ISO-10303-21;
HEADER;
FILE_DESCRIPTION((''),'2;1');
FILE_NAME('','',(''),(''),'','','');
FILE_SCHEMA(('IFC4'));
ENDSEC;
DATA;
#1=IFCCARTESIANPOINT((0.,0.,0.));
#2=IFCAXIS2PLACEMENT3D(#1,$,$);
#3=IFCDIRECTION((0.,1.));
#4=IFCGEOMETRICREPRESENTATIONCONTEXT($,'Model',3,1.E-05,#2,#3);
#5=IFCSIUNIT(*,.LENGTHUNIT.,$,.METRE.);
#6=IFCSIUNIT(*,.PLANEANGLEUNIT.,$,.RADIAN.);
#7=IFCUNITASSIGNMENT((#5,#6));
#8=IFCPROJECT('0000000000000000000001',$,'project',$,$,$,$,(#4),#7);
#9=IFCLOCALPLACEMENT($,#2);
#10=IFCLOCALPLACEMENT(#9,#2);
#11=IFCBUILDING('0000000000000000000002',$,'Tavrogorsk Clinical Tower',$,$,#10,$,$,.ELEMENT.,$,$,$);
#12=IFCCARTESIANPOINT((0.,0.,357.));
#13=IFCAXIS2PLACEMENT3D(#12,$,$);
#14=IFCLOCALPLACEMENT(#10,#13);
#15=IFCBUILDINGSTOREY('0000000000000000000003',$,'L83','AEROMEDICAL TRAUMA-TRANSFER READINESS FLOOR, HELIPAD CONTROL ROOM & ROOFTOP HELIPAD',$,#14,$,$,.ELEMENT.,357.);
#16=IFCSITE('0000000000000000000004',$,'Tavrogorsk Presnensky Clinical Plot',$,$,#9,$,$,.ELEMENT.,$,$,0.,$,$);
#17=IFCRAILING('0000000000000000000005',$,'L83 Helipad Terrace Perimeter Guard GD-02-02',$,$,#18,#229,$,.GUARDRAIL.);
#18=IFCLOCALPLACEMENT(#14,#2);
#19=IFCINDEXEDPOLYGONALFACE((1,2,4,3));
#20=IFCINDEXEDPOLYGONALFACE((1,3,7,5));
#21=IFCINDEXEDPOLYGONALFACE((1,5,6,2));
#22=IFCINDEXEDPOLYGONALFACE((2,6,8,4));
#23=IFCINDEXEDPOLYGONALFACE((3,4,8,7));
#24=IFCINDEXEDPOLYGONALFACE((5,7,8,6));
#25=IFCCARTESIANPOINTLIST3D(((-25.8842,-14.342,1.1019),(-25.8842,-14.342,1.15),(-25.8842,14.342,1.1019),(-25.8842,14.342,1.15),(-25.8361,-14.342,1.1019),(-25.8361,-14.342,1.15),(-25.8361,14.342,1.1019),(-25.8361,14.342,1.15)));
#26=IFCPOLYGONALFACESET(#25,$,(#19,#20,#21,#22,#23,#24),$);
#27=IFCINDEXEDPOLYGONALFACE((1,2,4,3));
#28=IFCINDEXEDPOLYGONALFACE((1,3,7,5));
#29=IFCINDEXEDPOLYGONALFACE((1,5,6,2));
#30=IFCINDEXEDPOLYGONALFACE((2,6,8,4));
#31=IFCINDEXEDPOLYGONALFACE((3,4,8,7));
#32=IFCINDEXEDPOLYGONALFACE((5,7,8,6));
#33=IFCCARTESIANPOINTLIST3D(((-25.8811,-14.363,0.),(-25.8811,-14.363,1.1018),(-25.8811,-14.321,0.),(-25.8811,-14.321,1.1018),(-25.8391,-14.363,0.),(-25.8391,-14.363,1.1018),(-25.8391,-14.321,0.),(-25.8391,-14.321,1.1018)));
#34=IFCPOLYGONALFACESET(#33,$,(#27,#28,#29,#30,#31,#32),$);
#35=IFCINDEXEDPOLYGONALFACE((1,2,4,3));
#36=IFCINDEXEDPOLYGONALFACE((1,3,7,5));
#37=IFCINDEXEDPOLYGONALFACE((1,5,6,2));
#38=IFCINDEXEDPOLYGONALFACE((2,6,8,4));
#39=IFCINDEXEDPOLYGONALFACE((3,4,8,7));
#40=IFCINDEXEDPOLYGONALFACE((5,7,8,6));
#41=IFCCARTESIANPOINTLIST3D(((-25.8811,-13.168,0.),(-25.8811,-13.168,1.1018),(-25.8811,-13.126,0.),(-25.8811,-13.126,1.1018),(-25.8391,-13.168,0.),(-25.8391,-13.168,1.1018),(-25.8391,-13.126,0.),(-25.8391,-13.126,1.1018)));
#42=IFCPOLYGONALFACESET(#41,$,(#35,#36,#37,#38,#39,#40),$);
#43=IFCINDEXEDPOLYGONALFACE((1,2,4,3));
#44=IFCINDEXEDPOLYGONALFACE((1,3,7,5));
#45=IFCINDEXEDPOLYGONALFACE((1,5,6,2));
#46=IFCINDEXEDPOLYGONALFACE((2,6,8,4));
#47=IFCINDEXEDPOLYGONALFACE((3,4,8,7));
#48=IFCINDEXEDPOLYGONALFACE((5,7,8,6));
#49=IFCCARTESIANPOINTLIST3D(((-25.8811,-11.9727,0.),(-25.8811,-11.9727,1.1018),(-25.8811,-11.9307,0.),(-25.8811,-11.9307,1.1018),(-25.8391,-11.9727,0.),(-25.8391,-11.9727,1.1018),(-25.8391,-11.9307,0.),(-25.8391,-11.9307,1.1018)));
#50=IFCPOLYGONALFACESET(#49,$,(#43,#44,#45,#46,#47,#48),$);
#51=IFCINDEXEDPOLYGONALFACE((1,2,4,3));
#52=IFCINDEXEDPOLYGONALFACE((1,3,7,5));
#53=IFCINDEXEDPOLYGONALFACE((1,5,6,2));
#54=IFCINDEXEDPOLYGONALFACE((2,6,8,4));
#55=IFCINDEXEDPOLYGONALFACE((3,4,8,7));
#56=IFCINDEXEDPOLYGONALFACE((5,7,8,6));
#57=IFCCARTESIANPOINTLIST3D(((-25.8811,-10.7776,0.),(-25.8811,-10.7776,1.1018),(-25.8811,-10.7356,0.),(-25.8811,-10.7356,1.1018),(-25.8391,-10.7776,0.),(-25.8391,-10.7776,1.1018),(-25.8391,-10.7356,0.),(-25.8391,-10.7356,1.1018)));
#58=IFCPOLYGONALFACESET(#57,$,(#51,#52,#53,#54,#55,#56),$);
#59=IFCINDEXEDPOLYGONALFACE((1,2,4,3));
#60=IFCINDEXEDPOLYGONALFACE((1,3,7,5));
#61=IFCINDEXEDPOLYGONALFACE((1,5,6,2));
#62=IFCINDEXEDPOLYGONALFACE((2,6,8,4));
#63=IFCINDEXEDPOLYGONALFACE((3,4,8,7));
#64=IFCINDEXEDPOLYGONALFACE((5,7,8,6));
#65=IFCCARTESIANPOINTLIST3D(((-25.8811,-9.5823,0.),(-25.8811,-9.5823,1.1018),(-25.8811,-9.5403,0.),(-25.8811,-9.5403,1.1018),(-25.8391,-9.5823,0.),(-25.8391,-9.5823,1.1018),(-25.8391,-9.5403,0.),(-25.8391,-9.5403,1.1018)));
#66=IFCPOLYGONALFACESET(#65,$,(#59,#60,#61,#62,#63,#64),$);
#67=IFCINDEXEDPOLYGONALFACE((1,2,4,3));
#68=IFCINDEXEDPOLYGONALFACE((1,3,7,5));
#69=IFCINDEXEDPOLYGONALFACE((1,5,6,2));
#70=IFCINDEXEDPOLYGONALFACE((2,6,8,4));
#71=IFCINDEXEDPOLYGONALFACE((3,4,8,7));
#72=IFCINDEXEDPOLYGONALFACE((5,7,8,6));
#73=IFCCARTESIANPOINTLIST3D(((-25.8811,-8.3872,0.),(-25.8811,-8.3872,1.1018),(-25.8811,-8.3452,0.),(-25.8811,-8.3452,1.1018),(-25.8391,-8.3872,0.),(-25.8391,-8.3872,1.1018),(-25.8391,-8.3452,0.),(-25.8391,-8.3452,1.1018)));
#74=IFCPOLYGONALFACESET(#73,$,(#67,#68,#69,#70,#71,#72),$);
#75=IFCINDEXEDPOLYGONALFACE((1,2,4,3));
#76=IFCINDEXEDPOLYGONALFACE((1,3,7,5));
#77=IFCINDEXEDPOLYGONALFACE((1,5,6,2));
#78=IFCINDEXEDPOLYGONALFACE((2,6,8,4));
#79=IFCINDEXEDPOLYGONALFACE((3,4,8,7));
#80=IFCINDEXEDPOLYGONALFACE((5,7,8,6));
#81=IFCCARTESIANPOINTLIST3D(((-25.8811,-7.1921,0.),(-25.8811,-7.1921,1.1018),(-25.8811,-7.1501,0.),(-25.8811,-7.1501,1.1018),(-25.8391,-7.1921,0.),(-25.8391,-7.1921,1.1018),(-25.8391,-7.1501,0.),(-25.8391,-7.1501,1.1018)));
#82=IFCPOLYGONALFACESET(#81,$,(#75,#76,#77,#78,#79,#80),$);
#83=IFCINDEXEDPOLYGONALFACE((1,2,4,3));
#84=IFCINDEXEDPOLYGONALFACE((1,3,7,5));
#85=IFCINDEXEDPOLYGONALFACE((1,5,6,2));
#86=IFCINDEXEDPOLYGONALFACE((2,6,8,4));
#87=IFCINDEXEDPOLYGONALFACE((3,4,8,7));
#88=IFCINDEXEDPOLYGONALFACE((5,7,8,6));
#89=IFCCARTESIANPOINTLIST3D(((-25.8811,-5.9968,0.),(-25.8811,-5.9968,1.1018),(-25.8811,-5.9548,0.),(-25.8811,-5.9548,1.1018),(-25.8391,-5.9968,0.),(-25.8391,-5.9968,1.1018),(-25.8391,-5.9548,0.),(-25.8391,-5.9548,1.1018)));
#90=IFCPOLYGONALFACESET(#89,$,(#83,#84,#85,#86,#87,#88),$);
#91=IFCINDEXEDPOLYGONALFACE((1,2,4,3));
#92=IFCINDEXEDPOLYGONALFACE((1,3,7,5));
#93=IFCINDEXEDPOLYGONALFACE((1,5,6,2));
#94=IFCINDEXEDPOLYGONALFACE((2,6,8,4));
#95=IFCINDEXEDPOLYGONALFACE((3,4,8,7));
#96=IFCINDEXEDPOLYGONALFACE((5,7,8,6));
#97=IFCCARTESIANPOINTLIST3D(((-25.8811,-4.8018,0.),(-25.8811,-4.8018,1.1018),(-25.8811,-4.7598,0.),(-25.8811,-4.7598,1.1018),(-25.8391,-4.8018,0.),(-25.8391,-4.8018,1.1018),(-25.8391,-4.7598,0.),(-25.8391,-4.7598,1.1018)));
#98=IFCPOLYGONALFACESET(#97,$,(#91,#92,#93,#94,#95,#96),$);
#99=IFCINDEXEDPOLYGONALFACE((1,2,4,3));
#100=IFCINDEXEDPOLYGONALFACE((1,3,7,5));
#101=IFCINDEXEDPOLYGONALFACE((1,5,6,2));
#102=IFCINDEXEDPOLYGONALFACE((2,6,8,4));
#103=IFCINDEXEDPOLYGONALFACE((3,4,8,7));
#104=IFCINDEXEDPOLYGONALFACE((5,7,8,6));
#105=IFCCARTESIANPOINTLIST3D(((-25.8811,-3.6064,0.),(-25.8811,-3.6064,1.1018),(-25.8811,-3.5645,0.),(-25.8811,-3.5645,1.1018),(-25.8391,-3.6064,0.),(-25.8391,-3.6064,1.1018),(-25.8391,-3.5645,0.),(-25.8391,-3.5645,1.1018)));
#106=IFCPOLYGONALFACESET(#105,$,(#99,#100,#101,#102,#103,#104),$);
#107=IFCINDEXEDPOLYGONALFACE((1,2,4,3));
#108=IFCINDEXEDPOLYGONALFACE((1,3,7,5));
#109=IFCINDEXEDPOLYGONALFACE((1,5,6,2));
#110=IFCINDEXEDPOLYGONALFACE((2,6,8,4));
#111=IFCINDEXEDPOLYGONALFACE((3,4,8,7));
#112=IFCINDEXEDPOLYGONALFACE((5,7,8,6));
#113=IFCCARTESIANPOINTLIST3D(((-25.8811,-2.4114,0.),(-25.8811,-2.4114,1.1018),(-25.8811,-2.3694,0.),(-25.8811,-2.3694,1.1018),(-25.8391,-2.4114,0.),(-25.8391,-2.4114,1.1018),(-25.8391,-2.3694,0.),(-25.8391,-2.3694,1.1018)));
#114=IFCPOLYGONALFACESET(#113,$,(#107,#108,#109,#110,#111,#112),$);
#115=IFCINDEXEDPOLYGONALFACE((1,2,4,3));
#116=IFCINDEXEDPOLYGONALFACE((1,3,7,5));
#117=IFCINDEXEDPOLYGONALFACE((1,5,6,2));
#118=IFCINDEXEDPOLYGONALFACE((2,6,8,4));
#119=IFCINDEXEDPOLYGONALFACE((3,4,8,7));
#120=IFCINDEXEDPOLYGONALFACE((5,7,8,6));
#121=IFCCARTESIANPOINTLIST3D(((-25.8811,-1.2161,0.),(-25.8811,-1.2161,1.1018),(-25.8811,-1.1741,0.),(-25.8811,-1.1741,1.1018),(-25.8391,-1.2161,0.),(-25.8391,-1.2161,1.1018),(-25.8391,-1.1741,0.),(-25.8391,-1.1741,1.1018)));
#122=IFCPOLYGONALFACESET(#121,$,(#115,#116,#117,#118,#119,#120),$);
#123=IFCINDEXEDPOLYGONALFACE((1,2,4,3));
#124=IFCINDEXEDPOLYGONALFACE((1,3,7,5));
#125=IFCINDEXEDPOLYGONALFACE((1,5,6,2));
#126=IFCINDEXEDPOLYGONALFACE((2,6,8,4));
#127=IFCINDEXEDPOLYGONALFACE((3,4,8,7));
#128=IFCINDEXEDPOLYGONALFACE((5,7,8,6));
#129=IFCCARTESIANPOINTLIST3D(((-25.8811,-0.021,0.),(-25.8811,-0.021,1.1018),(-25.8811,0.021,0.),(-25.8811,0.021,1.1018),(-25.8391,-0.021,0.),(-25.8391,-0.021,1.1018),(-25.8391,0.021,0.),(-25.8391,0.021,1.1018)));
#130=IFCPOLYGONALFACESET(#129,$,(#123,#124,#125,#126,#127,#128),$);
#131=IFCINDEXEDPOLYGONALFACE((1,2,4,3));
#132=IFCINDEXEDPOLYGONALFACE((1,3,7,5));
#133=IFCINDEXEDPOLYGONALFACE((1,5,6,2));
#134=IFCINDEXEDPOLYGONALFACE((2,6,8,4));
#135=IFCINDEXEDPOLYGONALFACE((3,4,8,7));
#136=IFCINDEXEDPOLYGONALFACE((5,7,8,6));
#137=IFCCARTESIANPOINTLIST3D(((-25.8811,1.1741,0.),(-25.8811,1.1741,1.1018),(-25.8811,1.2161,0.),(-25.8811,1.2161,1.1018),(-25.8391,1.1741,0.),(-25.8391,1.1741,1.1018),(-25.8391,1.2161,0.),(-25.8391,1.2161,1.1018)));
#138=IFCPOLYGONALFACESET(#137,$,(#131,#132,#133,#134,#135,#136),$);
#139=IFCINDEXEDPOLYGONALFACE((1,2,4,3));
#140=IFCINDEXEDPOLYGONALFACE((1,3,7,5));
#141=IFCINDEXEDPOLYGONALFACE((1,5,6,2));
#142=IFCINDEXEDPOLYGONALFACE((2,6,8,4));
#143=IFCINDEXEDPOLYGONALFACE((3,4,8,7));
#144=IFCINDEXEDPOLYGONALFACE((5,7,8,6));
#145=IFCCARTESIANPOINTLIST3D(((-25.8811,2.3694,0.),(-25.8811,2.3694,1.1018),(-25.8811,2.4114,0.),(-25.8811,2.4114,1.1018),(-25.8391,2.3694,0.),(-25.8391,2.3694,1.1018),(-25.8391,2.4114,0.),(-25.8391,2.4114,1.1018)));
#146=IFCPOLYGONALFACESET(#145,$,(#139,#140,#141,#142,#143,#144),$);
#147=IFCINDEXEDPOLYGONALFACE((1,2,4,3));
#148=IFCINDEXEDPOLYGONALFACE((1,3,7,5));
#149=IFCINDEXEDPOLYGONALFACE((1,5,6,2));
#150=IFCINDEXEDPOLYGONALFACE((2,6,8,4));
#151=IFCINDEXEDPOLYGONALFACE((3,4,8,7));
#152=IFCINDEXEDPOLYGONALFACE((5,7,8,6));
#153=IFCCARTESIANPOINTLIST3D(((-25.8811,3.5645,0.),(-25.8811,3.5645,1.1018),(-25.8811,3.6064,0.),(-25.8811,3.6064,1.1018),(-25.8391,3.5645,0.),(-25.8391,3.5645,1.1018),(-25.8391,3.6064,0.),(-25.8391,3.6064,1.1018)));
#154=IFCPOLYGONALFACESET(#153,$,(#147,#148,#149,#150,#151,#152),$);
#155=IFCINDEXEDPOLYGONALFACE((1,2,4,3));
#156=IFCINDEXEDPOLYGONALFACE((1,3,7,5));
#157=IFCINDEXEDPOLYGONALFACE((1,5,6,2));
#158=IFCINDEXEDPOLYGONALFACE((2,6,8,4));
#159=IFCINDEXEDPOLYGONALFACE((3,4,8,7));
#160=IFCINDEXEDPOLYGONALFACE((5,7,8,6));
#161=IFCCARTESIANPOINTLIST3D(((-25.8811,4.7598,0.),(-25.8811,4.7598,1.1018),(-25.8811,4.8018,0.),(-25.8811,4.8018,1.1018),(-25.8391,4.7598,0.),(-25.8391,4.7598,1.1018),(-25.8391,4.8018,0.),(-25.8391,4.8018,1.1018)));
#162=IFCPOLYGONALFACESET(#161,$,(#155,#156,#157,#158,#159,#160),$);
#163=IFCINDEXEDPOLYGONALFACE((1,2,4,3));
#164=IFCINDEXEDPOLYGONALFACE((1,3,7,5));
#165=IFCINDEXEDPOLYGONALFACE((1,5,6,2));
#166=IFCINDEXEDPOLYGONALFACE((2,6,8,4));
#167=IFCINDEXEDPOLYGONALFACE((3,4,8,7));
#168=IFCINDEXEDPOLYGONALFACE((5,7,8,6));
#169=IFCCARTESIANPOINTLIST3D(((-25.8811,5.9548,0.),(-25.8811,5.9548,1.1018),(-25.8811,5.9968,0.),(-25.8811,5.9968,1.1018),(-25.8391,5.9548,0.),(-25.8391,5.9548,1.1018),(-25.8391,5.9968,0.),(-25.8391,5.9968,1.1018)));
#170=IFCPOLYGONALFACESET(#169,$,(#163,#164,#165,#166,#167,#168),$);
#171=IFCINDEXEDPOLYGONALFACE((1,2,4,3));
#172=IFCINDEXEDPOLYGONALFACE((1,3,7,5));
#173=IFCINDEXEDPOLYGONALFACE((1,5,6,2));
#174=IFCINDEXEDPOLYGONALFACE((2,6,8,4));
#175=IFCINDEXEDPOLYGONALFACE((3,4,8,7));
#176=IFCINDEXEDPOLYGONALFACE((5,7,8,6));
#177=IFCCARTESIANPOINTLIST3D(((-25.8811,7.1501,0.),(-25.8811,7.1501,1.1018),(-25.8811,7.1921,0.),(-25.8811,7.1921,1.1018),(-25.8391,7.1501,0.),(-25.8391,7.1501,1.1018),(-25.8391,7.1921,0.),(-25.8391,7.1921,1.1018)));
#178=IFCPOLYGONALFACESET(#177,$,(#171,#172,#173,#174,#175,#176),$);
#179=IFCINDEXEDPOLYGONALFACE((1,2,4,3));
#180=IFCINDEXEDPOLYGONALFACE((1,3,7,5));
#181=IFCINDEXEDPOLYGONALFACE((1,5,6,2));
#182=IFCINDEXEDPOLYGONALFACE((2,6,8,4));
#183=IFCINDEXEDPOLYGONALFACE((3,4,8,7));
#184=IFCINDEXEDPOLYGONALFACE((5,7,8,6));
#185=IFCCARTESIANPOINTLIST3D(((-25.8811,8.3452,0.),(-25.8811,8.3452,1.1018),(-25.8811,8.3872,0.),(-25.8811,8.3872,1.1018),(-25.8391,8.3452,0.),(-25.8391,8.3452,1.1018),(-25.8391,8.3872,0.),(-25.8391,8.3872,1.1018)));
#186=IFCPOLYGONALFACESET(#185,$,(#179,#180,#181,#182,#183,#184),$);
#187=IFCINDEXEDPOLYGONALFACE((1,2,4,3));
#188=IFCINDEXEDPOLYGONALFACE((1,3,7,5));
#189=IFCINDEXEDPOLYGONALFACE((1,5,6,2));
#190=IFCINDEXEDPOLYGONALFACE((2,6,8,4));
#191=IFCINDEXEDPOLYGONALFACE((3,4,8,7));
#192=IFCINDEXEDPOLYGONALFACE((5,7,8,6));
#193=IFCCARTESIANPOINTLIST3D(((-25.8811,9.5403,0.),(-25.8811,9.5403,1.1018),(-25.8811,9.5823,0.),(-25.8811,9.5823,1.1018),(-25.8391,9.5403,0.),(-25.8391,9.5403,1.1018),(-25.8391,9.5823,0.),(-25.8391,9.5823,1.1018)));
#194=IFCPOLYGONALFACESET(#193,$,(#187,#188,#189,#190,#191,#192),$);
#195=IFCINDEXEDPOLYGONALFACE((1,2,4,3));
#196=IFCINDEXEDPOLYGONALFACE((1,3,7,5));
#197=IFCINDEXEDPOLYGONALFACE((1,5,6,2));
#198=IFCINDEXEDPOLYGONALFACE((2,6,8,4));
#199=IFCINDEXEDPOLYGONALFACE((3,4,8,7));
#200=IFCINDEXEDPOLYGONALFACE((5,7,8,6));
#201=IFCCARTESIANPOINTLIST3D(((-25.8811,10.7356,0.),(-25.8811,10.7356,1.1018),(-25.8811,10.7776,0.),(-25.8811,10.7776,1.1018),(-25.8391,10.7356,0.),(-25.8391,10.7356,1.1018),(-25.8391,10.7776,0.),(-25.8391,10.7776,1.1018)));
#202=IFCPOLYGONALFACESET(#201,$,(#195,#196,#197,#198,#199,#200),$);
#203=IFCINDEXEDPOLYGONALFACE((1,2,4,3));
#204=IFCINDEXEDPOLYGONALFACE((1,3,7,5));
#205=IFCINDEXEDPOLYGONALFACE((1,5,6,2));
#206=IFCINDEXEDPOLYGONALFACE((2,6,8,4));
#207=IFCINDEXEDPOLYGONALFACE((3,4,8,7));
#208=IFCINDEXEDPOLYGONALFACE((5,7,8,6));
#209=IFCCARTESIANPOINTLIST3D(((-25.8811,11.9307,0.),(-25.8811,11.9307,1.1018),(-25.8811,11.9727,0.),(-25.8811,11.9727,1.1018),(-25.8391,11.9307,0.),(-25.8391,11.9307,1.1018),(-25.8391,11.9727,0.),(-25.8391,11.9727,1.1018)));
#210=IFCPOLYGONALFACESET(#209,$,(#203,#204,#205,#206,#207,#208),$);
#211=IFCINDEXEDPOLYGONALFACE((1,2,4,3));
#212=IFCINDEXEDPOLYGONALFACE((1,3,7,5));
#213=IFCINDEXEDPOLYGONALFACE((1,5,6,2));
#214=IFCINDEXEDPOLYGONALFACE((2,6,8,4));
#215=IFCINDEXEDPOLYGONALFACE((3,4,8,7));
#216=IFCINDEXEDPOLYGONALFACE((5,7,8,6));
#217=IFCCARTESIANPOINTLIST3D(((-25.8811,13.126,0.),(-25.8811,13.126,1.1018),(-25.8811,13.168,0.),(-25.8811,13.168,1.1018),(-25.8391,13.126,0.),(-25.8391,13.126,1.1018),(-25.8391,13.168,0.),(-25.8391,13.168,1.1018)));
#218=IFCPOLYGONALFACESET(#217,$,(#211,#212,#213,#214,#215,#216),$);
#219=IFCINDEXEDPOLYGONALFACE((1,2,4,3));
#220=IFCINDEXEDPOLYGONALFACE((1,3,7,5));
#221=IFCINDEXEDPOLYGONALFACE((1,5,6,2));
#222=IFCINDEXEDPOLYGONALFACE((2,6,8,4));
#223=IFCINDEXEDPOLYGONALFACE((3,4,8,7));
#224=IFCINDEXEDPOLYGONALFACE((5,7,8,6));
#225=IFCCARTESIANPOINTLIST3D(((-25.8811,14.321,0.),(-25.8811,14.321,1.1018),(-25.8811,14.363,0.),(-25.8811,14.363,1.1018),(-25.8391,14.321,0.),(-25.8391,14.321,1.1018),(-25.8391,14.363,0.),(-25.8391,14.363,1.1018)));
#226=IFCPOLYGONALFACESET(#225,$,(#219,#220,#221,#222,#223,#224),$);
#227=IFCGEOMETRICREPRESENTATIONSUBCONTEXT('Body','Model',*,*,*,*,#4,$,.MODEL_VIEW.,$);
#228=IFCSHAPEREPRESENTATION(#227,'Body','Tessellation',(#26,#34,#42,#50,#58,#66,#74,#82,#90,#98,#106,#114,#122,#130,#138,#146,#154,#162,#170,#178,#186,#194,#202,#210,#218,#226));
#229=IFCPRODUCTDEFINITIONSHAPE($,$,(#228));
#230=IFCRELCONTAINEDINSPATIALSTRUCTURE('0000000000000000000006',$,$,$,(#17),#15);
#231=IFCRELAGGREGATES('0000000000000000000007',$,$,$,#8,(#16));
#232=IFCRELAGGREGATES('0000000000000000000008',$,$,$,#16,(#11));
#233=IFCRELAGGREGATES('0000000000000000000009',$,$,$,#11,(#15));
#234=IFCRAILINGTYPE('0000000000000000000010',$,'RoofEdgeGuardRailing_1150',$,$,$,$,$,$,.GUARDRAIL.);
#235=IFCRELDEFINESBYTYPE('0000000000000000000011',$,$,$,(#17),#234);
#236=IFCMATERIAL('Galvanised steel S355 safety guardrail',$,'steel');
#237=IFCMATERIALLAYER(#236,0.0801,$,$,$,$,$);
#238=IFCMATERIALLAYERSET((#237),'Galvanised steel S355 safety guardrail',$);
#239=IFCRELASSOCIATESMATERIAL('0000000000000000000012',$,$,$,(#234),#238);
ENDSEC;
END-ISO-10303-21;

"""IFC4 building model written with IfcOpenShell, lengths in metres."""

from ifc_helpers import new_model, si_unit, direction, frame, origin, origin_2d, place, context, subcontext, project, spatial, rectangle, extrude, material, layer, layer_set, type_object, element, save


model = new_model("IFC4")

# Units and contexts
model_context = context("Model", 3, precision=1e-05, world=origin(), true_north=direction((0.0, 1.0)))
body_context = subcontext(model_context, "Body", "Model", "MODEL_VIEW")
ifc_project = project(units=[si_unit("LENGTHUNIT", "METRE"), si_unit("PLANEANGLEUNIT", "RADIAN")], contexts=[model_context])

# Site, building, storey
site_placement = place(None, origin())
site = spatial("IfcSite", under=ifc_project, at=site_placement, Name="Tavrogorsk Presnensky Clinical Plot", CompositionType="ELEMENT", RefElevation=0.0)
building_placement = place(site_placement, origin())
building = spatial("IfcBuilding", under=site, at=building_placement, Name="Tavrogorsk Clinical Tower", CompositionType="ELEMENT")
storey_placement = place(building_placement, frame((0.0, 0.0, 357.0)))
storey = spatial("IfcBuildingStorey", under=building, at=storey_placement, Name="L83", Description="AEROMEDICAL TRAUMA-TRANSFER READINESS FLOOR, HELIPAD CONTROL ROOM & ROOFTOP HELIPAD", CompositionType="ELEMENT", Elevation=357.0)

# Railing
ifc_material_1 = material(Name="Galvanised steel S355 safety guardrail", Category="steel")
ifc_layer_1 = layer(ifc_material_1, 0.0801)
ifc_layer_set_1 = layer_set([ifc_layer_1], Name="Galvanised steel S355 safety guardrail")
railing_type_1 = type_object("IfcRailingType", Name="RoofEdgeGuardRailing_1150", PredefinedType="GUARDRAIL", material=ifc_layer_set_1)
railing_1_placement = place(storey_placement, frame((-25.8601, -14.342, 0.0)))
element("IfcRailing", 1, at=railing_1_placement, inside=storey, type_object=railing_type_1, Name="L83 Helipad Terrace Perimeter Guard GD-02-02", PredefinedType="GUARDRAIL", context=body_context, shape_type="SweptSolid", body=[
    extrude(rectangle(XDim=0.0481, YDim=0.0481, at=origin_2d()), frame((0.0, 0.0, 1.126), z_axis=(0.0, 1.0, 0.0), x_axis=(-1.0, 0.0, 0.0)), (0.0, 0.0, 1.0), 28.6841),
    extrude(rectangle(XDim=0.042, YDim=0.042, at=origin_2d()), origin(), (0.0, 0.0, 1.0), 1.1018),
    extrude(rectangle(XDim=0.042, YDim=0.042, at=origin_2d()), frame((0.0, 1.1951, 0.0)), (0.0, 0.0, 1.0), 1.1018),
    extrude(rectangle(XDim=0.042, YDim=0.042, at=origin_2d()), frame((0.0, 2.3904, 0.0)), (0.0, 0.0, 1.0), 1.1018),
    extrude(rectangle(XDim=0.042, YDim=0.042, at=origin_2d()), frame((0.0, 3.5854, 0.0)), (0.0, 0.0, 1.0), 1.1018),
    extrude(rectangle(XDim=0.042, YDim=0.042, at=origin_2d()), frame((0.0, 4.7808, 0.0)), (0.0, 0.0, 1.0), 1.1018),
    extrude(rectangle(XDim=0.042, YDim=0.042, at=origin_2d()), frame((0.0, 5.9758, 0.0)), (0.0, 0.0, 1.0), 1.1018),
    extrude(rectangle(XDim=0.042, YDim=0.042, at=origin_2d()), frame((0.0, 7.1709, 0.0)), (0.0, 0.0, 1.0), 1.1018),
    extrude(rectangle(XDim=0.042, YDim=0.042, at=origin_2d()), frame((0.0, 8.3662, 0.0)), (0.0, 0.0, 1.0), 1.1018),
    extrude(rectangle(XDim=0.042, YDim=0.042, at=origin_2d()), frame((0.0, 9.5613, 0.0)), (0.0, 0.0, 1.0), 1.1018),
    extrude(rectangle(XDim=0.042, YDim=0.042, at=origin_2d()), frame((0.0, 10.7566, 0.0)), (0.0, 0.0, 1.0), 1.1018),
    extrude(rectangle(XDim=0.042, YDim=0.042, at=origin_2d()), frame((0.0, 11.9517, 0.0)), (0.0, 0.0, 1.0), 1.1018),
    extrude(rectangle(XDim=0.042, YDim=0.042, at=origin_2d()), frame((0.0, 13.147, 0.0)), (0.0, 0.0, 1.0), 1.1018),
    extrude(rectangle(XDim=0.042, YDim=0.042, at=origin_2d()), frame((0.0, 14.342, 0.0)), (0.0, 0.0, 1.0), 1.1018),
    extrude(rectangle(XDim=0.042, YDim=0.042, at=origin_2d()), frame((0.0, 15.5371, 0.0)), (0.0, 0.0, 1.0), 1.1018),
    extrude(rectangle(XDim=0.042, YDim=0.042, at=origin_2d()), frame((0.0, 16.7324, 0.0)), (0.0, 0.0, 1.0), 1.1018),
    extrude(rectangle(XDim=0.042, YDim=0.042, at=origin_2d()), frame((0.0, 17.9275, 0.0)), (0.0, 0.0, 1.0), 1.1018),
    extrude(rectangle(XDim=0.042, YDim=0.042, at=origin_2d()), frame((0.0, 19.1228, 0.0)), (0.0, 0.0, 1.0), 1.1018),
    extrude(rectangle(XDim=0.042, YDim=0.042, at=origin_2d()), frame((0.0, 20.3179, 0.0)), (0.0, 0.0, 1.0), 1.1018),
    extrude(rectangle(XDim=0.042, YDim=0.042, at=origin_2d()), frame((0.0, 21.5132, 0.0)), (0.0, 0.0, 1.0), 1.1018),
    extrude(rectangle(XDim=0.042, YDim=0.042, at=origin_2d()), frame((0.0, 22.7083, 0.0)), (0.0, 0.0, 1.0), 1.1018),
    extrude(rectangle(XDim=0.042, YDim=0.042, at=origin_2d()), frame((0.0, 23.9033, 0.0)), (0.0, 0.0, 1.0), 1.1018),
    extrude(rectangle(XDim=0.042, YDim=0.042, at=origin_2d()), frame((0.0, 25.0986, 0.0)), (0.0, 0.0, 1.0), 1.1018),
    extrude(rectangle(XDim=0.042, YDim=0.042, at=origin_2d()), frame((0.0, 26.2937, 0.0)), (0.0, 0.0, 1.0), 1.1018),
    extrude(rectangle(XDim=0.042, YDim=0.042, at=origin_2d()), frame((0.0, 27.489, 0.0)), (0.0, 0.0, 1.0), 1.1018),
    extrude(rectangle(XDim=0.042, YDim=0.042, at=origin_2d()), frame((0.0, 28.6841, 0.0)), (0.0, 0.0, 1.0), 1.1018),
])

save(model, "model.ifc")
